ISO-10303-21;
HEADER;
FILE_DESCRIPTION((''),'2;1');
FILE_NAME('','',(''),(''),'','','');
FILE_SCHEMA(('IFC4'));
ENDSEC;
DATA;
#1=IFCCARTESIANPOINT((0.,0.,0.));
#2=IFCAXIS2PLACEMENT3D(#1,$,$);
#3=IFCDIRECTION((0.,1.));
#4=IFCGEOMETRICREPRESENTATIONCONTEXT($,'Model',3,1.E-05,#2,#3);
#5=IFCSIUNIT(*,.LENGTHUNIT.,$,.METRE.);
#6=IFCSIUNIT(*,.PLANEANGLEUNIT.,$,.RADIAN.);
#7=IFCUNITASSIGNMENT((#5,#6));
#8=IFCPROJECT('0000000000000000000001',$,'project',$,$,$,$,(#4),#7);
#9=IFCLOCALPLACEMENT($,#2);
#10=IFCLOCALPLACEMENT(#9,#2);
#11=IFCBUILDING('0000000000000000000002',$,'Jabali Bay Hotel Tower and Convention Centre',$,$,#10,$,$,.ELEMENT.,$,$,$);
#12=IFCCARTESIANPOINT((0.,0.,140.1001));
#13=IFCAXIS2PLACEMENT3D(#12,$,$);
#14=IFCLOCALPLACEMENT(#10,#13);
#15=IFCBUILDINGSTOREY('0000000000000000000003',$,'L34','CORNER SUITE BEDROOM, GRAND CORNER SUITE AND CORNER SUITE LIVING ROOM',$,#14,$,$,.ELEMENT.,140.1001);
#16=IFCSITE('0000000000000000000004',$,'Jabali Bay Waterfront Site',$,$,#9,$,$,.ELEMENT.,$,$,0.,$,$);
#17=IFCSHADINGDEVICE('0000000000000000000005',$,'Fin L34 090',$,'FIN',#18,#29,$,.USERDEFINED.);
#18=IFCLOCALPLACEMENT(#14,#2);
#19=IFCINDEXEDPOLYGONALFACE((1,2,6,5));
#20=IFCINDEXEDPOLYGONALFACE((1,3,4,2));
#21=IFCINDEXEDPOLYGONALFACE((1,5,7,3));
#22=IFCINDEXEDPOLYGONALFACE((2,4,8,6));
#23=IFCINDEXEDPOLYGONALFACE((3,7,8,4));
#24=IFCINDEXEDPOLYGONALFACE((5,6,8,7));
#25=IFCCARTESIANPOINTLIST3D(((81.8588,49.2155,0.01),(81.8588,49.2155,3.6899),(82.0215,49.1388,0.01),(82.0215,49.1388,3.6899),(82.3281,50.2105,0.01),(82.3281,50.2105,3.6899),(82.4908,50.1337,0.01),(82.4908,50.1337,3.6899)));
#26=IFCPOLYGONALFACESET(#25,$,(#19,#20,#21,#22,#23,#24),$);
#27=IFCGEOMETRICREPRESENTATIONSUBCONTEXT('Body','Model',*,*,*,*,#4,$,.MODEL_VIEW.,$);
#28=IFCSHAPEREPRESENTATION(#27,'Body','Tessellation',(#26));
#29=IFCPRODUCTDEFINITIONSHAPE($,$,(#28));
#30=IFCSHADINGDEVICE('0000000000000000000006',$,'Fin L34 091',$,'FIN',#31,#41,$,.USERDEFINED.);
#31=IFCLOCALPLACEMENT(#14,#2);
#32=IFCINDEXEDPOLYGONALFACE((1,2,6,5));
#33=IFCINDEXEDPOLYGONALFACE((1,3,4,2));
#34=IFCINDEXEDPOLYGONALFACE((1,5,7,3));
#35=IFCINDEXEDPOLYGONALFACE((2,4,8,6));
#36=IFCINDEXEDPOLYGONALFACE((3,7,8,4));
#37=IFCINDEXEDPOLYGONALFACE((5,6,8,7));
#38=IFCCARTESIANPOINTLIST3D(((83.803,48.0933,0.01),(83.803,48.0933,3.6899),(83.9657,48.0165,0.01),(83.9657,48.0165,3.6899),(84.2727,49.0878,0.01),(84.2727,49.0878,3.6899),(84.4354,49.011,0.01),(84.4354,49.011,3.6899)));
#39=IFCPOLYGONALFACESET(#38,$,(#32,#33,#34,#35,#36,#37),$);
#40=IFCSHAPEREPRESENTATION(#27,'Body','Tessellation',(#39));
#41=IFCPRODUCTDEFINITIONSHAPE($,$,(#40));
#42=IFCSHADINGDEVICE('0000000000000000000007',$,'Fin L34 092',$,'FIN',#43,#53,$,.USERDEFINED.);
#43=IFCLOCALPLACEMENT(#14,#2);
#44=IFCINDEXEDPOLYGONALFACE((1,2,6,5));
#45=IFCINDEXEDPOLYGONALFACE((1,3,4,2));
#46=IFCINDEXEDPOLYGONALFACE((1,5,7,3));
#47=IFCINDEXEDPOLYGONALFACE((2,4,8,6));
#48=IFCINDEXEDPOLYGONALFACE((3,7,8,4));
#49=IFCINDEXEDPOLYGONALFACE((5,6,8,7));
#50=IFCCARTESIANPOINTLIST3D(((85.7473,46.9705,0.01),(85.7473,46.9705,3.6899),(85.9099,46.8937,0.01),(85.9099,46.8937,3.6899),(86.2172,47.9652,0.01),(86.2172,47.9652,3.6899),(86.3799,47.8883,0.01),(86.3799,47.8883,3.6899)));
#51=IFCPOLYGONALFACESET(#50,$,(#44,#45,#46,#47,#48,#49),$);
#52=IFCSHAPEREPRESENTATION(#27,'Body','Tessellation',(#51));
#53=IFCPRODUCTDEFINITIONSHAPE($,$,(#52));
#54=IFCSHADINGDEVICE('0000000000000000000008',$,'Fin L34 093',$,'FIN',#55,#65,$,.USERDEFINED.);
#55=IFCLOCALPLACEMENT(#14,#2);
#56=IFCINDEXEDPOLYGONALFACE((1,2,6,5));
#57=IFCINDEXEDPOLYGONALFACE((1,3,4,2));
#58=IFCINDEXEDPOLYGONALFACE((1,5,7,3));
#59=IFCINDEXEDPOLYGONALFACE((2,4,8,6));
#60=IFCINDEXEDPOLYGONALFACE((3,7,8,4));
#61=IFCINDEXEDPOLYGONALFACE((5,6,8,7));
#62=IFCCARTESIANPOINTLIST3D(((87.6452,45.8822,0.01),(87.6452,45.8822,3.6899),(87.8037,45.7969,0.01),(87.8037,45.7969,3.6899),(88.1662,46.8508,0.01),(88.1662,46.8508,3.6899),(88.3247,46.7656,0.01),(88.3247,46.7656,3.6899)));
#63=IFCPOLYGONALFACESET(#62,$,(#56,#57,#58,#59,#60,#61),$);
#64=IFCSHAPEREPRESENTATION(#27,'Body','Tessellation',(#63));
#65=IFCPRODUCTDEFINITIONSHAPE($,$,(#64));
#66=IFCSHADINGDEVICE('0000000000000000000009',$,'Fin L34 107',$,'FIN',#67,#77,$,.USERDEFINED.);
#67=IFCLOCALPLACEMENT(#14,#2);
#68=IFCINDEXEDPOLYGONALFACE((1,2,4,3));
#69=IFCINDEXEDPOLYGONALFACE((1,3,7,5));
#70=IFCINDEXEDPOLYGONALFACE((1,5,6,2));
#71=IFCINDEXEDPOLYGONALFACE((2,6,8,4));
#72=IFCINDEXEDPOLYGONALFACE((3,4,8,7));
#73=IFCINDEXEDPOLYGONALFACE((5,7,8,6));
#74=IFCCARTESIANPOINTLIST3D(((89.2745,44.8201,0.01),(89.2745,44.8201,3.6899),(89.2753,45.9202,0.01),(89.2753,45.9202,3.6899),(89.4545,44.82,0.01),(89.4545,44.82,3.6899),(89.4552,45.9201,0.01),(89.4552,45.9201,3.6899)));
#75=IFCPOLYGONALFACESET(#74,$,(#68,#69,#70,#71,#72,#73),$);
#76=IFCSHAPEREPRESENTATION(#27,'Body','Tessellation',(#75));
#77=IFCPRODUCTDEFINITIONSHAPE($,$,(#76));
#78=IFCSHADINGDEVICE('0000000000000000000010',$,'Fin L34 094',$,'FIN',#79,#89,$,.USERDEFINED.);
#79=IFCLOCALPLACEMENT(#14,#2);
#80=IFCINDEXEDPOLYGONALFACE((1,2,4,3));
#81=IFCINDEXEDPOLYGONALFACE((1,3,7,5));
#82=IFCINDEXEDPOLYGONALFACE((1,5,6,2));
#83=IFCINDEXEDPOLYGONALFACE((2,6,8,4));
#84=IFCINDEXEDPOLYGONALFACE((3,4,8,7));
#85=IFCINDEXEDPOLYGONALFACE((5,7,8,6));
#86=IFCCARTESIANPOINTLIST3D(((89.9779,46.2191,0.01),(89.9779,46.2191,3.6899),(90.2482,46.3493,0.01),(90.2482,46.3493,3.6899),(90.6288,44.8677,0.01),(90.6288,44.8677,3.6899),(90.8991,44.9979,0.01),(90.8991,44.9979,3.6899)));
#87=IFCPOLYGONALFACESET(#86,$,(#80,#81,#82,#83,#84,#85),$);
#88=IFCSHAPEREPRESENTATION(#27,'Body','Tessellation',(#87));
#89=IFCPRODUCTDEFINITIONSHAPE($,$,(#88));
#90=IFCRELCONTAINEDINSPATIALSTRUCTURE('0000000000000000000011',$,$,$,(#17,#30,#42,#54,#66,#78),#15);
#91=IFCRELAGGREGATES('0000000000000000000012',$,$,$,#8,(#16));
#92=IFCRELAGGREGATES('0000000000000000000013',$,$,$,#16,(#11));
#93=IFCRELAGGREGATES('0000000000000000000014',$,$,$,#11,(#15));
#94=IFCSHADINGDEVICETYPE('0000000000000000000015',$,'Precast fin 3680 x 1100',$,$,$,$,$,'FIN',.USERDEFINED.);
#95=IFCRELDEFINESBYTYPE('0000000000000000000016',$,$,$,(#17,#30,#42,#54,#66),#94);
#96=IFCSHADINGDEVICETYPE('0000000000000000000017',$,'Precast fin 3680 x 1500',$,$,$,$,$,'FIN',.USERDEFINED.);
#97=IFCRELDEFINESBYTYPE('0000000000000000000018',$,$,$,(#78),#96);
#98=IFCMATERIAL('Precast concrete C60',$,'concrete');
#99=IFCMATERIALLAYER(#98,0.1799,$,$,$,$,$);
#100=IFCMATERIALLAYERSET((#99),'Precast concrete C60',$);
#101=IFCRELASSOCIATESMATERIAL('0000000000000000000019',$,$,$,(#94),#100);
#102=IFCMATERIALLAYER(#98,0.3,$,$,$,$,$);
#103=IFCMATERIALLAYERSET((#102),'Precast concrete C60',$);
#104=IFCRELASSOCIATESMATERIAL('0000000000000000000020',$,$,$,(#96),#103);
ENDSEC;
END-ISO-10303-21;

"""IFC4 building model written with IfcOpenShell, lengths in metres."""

from ifc_helpers import new_model, si_unit, direction, frame, frame_2d, origin, place, context, subcontext, project, spatial, rectangle, extrude, material, layer, layer_set, type_object, element, save


model = new_model("IFC4")

# Units and contexts
model_context = context("Model", 3, precision=1e-05, world=origin(), true_north=direction((0.0, 1.0)))
body_context = subcontext(model_context, "Body", "Model", "MODEL_VIEW")
ifc_project = project(units=[si_unit("LENGTHUNIT", "METRE"), si_unit("PLANEANGLEUNIT", "RADIAN")], contexts=[model_context])

# Site, building, storey
site_placement = place(None, origin())
site = spatial("IfcSite", under=ifc_project, at=site_placement, Name="Jabali Bay Waterfront Site", CompositionType="ELEMENT", RefElevation=0.0)
building_placement = place(site_placement, origin())
building = spatial("IfcBuilding", under=site, at=building_placement, Name="Jabali Bay Hotel Tower and Convention Centre", CompositionType="ELEMENT")
storey_placement = place(building_placement, frame((0.0, 0.0, 140.1001)))
storey = spatial("IfcBuildingStorey", under=building, at=storey_placement, Name="L34", Description="CORNER SUITE BEDROOM, GRAND CORNER SUITE AND CORNER SUITE LIVING ROOM", CompositionType="ELEMENT", Elevation=140.1001)

# Shading devices
ifc_material_1 = material(Name="Precast concrete C60", Category="concrete")
ifc_layer_1 = layer(ifc_material_1, 0.1799)
ifc_layer_set_1 = layer_set([ifc_layer_1], Name="Precast concrete C60")
shading_device_type_1 = type_object("IfcShadingDeviceType", Name="Precast fin 3680 x 1100", ElementType="FIN", PredefinedType="USERDEFINED", material=ifc_layer_set_1)
for number, where, z_axis, x_axis, name in (
    (1, (82.4094, 50.1721, 0.01), (0.0, 0.0, 1.0), (-0.426588, -0.904446, 0.0), "Fin L34 090"),
):
    element("IfcShadingDevice", number, at=place(storey_placement, frame(where, z_axis=z_axis, x_axis=x_axis)), inside=storey, type_object=shading_device_type_1, Name=name, ObjectType="FIN", PredefinedType="USERDEFINED", context=body_context, shape_type="SweptSolid", body=[
        extrude(rectangle(XDim=1.1001, YDim=0.1799, at=frame_2d((0.55, 0.0))), origin(), (0.0, 0.0, 1.0), 3.6799),
    ])
shading_device_1_placement = place(storey_placement, frame((84.354, 49.0493, 0.01), z_axis=(0.0, 0.0, 1.0), x_axis=(-0.427037, -0.904234, 0.0)))
element("IfcShadingDevice", 2, at=shading_device_1_placement, inside=storey, type_object=shading_device_type_1, Name="Fin L34 091", ObjectType="FIN", PredefinedType="USERDEFINED", context=body_context, shape_type="SweptSolid", body=[
    extrude(rectangle(XDim=1.0999, YDim=0.1799, at=frame_2d((0.5498, 0.0))), origin(), (0.0, 0.0, 1.0), 3.6799),
])
shading_device_2_placement = place(storey_placement, frame((86.2986, 47.9268, 0.01), z_axis=(0.0, 0.0, 1.0), x_axis=(-0.427218, -0.904149, 0.0)))
element("IfcShadingDevice", 3, at=shading_device_2_placement, inside=storey, type_object=shading_device_type_1, Name="Fin L34 092", ObjectType="FIN", PredefinedType="USERDEFINED", context=body_context, shape_type="SweptSolid", body=[
    extrude(rectangle(XDim=1.1001, YDim=0.1799, at=frame_2d((0.55, 0.0))), origin(), (0.0, 0.0, 1.0), 3.6799),
])
shading_device_3_placement = place(storey_placement, frame((88.2454, 46.8081, 0.01), z_axis=(0.0, 0.0, 1.0), x_axis=(-0.47365, -0.880713, 0.0)))
element("IfcShadingDevice", 4, at=shading_device_3_placement, inside=storey, type_object=shading_device_type_1, Name="Fin L34 093", ObjectType="FIN", PredefinedType="USERDEFINED", context=body_context, shape_type="SweptSolid", body=[
    extrude(rectangle(XDim=1.0999, YDim=0.1799, at=frame_2d((0.5498, 0.0))), origin(), (0.0, 0.0, 1.0), 3.6799),
])
shading_device_4_placement = place(storey_placement, frame((89.3652, 45.9202, 0.01), z_axis=(0.0, 0.0, 1.0), x_axis=(-0.000666, -1.0, 0.0)))
element("IfcShadingDevice", 5, at=shading_device_4_placement, inside=storey, type_object=shading_device_type_1, Name="Fin L34 107", ObjectType="FIN", PredefinedType="USERDEFINED", context=body_context, shape_type="SweptSolid", body=[
    extrude(rectangle(XDim=1.1001, YDim=0.1799, at=frame_2d((0.55, 0.0))), origin(), (0.0, 0.0, 1.0), 3.6799),
])
ifc_layer_2 = layer(ifc_material_1, 0.3)
ifc_layer_set_2 = layer_set([ifc_layer_2], Name="Precast concrete C60")
shading_device_type_2 = type_object("IfcShadingDeviceType", Name="Precast fin 3680 x 1500", ElementType="FIN", PredefinedType="USERDEFINED", material=ifc_layer_set_2)
shading_device_5_placement = place(storey_placement, frame((90.113, 46.2842, 0.01), z_axis=(0.0, 0.0, 1.0), x_axis=(0.433948, -0.900938, 0.0)))
element("IfcShadingDevice", 6, at=shading_device_5_placement, inside=storey, type_object=shading_device_type_2, Name="Fin L34 094", ObjectType="FIN", PredefinedType="USERDEFINED", context=body_context, shape_type="SweptSolid", body=[
    extrude(rectangle(XDim=1.5, YDim=0.3, at=frame_2d((0.75, 0.0))), origin(), (0.0, 0.0, 1.0), 3.6799),
])

save(model, "model.ifc")
